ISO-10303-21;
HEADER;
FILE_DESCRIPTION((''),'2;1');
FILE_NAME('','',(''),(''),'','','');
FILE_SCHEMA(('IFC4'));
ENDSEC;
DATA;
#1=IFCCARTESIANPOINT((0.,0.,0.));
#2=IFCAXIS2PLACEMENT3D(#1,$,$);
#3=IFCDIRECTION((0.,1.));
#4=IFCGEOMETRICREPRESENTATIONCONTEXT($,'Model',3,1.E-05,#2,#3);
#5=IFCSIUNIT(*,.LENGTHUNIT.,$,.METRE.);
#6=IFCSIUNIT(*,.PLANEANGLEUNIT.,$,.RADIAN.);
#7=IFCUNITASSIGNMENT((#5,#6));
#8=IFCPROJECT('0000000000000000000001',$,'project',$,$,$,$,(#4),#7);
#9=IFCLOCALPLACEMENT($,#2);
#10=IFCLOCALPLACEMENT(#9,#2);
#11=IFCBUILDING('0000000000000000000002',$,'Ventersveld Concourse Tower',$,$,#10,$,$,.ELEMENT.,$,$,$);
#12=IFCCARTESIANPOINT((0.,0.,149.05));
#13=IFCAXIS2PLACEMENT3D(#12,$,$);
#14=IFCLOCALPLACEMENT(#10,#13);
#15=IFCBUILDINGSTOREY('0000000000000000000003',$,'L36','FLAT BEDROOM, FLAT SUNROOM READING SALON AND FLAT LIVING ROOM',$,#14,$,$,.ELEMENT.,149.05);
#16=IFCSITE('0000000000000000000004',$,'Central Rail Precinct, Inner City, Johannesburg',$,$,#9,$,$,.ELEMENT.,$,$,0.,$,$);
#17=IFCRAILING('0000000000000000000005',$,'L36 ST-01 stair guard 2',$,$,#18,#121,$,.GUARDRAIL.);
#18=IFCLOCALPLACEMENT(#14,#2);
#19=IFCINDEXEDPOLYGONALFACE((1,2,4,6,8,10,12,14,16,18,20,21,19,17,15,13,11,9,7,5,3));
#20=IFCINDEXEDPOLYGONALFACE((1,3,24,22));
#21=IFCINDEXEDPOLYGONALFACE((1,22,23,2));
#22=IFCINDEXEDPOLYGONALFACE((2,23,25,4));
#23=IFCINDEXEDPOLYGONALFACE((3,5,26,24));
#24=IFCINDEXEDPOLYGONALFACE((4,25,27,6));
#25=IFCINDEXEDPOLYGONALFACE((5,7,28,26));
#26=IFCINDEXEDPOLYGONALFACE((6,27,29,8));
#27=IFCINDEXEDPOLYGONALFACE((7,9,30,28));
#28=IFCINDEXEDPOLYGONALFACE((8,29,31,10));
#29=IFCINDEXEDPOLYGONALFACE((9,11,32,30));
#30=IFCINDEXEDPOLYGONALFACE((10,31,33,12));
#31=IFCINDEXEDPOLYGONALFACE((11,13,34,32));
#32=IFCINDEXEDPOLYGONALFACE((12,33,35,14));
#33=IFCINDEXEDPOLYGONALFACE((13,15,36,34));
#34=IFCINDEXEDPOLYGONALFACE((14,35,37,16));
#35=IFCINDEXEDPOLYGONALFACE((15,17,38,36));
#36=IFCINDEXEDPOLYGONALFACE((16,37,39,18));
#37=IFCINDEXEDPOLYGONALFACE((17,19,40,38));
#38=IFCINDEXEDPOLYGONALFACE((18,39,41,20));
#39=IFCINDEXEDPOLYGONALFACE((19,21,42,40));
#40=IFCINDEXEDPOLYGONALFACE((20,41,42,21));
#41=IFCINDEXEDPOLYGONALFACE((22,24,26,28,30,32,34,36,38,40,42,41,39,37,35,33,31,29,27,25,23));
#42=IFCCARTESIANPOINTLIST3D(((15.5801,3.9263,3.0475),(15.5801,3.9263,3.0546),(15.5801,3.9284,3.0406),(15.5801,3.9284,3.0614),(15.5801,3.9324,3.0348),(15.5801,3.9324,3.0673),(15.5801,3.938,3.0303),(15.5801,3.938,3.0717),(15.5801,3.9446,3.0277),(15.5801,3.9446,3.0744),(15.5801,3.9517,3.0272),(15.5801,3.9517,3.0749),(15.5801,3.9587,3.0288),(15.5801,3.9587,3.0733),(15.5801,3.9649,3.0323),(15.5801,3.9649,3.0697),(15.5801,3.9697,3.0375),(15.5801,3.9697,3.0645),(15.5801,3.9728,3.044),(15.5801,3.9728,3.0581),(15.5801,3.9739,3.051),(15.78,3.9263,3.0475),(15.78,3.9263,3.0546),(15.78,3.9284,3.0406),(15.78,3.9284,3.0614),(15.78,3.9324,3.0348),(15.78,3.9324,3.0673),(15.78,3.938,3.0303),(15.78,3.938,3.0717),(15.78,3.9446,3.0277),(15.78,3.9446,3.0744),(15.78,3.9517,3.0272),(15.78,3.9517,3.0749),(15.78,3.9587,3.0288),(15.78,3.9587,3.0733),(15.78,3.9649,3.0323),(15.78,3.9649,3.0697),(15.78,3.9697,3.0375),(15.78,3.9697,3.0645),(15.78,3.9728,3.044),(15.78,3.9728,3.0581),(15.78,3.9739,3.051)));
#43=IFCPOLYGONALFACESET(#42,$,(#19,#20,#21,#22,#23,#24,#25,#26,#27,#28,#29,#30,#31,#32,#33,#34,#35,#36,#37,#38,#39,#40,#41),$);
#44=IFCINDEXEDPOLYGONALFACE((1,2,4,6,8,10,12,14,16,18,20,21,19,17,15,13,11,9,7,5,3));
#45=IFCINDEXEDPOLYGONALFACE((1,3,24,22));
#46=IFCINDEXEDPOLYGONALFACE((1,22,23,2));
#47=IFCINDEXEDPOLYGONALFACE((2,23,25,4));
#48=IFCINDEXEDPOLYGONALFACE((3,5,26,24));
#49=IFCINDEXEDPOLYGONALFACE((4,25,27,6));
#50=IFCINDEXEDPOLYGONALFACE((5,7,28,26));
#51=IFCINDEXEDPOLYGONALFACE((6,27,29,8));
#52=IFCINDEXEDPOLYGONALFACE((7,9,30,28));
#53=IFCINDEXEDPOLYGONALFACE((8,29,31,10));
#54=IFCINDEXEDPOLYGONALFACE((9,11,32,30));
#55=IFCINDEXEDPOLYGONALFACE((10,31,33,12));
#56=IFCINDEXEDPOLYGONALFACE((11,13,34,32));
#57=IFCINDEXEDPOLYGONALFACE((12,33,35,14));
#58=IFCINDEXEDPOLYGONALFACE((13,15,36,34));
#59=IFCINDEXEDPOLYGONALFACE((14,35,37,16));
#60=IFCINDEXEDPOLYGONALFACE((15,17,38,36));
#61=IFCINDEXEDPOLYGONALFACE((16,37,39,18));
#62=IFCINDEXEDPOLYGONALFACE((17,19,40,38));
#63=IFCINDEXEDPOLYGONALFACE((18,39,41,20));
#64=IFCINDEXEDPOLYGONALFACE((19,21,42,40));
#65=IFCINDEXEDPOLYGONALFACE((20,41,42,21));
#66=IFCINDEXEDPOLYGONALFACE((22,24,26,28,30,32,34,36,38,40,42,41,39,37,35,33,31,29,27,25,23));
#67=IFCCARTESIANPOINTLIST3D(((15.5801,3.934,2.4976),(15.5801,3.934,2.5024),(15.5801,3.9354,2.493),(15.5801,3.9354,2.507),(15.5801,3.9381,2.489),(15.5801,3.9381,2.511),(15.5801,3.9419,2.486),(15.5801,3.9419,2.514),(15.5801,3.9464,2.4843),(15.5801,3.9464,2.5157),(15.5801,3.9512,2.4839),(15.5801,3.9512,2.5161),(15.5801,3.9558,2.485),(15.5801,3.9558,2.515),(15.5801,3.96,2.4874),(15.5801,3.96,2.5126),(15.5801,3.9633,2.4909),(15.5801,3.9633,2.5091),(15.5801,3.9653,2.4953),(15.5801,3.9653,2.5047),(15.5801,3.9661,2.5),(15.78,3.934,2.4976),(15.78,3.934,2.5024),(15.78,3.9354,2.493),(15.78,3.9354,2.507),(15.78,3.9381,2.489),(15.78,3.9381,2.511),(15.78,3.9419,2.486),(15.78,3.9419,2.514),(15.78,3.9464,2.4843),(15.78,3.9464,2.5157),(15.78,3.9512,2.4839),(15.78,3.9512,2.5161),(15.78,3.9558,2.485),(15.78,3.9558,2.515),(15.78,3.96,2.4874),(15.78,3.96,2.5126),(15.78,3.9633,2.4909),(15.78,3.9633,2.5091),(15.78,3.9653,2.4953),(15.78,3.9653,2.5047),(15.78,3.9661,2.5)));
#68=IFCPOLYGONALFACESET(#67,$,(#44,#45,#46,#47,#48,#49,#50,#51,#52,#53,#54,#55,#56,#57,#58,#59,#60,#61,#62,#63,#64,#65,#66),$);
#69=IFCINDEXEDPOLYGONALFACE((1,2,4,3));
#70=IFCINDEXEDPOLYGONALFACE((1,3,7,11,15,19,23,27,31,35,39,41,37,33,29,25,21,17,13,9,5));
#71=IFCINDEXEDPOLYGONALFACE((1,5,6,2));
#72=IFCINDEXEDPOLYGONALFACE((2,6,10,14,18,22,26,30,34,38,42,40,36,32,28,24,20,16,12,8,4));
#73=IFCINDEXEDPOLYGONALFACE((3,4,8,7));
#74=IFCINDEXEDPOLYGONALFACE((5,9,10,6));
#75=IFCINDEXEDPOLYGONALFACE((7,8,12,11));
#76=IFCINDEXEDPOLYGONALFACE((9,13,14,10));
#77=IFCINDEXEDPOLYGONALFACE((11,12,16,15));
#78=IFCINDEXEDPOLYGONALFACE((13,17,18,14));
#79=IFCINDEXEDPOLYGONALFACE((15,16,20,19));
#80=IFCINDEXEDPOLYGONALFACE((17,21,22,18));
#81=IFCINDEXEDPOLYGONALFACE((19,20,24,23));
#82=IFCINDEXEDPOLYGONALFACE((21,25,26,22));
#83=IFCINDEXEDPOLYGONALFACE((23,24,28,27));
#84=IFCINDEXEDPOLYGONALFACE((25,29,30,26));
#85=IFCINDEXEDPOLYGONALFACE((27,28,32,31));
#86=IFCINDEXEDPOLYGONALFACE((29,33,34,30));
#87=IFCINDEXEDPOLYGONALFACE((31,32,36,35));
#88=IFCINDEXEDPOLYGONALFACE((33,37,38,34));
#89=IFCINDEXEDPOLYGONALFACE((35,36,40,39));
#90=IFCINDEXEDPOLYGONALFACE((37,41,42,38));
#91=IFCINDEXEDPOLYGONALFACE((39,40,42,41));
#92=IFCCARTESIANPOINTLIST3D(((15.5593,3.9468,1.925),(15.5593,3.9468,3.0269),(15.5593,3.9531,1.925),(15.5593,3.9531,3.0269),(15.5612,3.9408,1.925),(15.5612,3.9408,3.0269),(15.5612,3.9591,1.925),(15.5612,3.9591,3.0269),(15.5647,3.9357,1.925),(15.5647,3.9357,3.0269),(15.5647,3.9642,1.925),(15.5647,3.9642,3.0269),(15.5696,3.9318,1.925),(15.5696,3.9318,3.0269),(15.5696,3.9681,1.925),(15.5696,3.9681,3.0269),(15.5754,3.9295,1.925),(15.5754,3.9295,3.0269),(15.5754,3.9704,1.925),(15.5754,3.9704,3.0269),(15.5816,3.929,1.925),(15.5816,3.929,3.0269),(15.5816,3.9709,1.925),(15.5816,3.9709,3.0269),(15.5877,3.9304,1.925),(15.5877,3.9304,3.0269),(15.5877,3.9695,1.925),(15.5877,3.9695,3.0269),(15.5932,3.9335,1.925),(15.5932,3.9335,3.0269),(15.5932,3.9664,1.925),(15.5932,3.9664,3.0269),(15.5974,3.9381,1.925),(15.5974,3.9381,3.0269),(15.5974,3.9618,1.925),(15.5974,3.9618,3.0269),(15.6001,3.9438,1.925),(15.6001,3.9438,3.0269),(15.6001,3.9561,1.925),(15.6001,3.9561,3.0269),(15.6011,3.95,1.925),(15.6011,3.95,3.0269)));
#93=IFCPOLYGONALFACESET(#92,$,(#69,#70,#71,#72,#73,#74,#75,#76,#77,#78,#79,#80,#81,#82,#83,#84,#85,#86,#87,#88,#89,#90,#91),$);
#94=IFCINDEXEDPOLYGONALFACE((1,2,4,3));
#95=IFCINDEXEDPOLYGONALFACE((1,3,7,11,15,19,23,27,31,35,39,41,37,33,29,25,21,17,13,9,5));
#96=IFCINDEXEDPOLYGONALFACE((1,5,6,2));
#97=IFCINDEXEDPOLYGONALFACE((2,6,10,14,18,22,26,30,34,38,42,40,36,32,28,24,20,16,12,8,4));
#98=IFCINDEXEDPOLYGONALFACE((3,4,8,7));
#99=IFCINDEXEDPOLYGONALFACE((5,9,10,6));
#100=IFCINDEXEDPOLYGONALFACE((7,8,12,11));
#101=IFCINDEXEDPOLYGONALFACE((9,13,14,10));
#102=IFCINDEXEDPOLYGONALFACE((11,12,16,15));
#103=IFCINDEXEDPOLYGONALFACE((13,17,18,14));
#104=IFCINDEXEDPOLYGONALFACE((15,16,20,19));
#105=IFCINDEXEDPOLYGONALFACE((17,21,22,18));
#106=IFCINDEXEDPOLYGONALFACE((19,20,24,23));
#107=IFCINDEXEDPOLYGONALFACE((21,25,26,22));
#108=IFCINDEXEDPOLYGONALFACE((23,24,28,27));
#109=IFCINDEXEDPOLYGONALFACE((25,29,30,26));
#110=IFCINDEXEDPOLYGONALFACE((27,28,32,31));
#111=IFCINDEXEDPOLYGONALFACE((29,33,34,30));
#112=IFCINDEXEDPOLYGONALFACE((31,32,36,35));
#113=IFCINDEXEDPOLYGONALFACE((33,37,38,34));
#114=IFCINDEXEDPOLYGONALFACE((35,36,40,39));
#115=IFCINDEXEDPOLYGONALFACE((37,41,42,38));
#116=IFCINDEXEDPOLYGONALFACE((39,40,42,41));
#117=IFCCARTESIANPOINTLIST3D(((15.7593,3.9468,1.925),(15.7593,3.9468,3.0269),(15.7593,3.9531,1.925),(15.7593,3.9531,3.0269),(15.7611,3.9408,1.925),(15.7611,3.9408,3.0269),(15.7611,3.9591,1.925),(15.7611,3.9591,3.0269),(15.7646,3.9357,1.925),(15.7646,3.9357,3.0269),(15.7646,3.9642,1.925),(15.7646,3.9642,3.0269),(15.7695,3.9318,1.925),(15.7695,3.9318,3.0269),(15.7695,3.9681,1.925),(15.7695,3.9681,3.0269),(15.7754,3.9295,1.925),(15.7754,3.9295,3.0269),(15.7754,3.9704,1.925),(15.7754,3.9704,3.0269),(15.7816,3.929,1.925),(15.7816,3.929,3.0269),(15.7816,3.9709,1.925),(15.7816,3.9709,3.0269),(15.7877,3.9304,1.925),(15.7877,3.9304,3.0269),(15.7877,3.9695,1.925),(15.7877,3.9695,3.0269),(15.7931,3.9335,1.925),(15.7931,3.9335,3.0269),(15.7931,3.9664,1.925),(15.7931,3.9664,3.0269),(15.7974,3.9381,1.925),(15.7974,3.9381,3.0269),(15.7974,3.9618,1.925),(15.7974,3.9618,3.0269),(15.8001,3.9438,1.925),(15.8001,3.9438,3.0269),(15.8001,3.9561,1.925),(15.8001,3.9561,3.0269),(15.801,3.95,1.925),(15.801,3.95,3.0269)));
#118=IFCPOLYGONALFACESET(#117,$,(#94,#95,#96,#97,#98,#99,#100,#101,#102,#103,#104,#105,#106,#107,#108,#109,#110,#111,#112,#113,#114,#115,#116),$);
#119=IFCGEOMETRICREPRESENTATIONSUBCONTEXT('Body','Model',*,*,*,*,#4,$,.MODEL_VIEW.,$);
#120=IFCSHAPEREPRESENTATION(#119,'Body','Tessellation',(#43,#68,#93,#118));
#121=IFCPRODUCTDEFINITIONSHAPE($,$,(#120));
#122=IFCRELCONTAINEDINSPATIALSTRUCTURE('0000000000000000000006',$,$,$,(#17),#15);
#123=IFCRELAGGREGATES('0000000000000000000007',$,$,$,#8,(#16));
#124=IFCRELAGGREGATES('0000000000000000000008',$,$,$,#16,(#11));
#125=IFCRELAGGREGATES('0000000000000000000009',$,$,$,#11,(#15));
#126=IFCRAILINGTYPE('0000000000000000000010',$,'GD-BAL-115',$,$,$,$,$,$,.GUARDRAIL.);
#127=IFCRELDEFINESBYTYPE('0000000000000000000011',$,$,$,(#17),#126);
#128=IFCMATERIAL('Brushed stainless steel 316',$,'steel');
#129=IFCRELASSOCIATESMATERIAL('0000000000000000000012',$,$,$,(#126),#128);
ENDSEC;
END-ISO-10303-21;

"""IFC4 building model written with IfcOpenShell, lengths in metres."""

from ifc_helpers import new_model, si_unit, direction, frame, origin, origin_2d, place, context, subcontext, project, spatial, circle, extrude, material, type_object, element, save


model = new_model("IFC4")

# Units and contexts
model_context = context("Model", 3, precision=1e-05, world=origin(), true_north=direction((0.0, 1.0)))
body_context = subcontext(model_context, "Body", "Model", "MODEL_VIEW")
ifc_project = project(units=[si_unit("LENGTHUNIT", "METRE"), si_unit("PLANEANGLEUNIT", "RADIAN")], contexts=[model_context])

# Site, building, storey
site_placement = place(None, origin())
site = spatial("IfcSite", under=ifc_project, at=site_placement, Name="Central Rail Precinct, Inner City, Johannesburg", CompositionType="ELEMENT", RefElevation=0.0)
building_placement = place(site_placement, origin())
building = spatial("IfcBuilding", under=site, at=building_placement, Name="Ventersveld Concourse Tower", CompositionType="ELEMENT")
storey_placement = place(building_placement, frame((0.0, 0.0, 149.05)))
storey = spatial("IfcBuildingStorey", under=building, at=storey_placement, Name="L36", Description="FLAT BEDROOM, FLAT SUNROOM READING SALON AND FLAT LIVING ROOM", CompositionType="ELEMENT", Elevation=149.05)

# Railing
ifc_material_1 = material(Name="Brushed stainless steel 316", Category="steel")
railing_type_1 = type_object("IfcRailingType", Name="GD-BAL-115", PredefinedType="GUARDRAIL", material=ifc_material_1)
railing_1_placement = place(storey_placement, frame((15.5801, 3.95, 1.925)))
element("IfcRailing", 1, at=railing_1_placement, inside=storey, type_object=railing_type_1, Name="L36 ST-01 stair guard 2", PredefinedType="GUARDRAIL", context=body_context, shape_type="SweptSolid", body=[
    extrude(circle(Radius=0.0239, at=origin_2d()), frame((0.0, 0.0, 1.126), z_axis=(1.0, 0.0, 0.0), x_axis=(0.0, 1.0, 0.0)), (0.0, 0.0, 1.0), 0.2),
    extrude(circle(Radius=0.0161, at=origin_2d()), frame((0.0, 0.0, 0.575), z_axis=(1.0, 0.0, 0.0), x_axis=(0.0, 1.0, 0.0)), (0.0, 0.0, 1.0), 0.2),
    extrude(circle(Radius=0.021, at=origin_2d()), origin(), (0.0, 0.0, 1.0), 1.1018),
    extrude(circle(Radius=0.021, at=origin_2d()), frame((0.2, 0.0, 0.0)), (0.0, 0.0, 1.0), 1.1018),
])

save(model, "model.ifc")
